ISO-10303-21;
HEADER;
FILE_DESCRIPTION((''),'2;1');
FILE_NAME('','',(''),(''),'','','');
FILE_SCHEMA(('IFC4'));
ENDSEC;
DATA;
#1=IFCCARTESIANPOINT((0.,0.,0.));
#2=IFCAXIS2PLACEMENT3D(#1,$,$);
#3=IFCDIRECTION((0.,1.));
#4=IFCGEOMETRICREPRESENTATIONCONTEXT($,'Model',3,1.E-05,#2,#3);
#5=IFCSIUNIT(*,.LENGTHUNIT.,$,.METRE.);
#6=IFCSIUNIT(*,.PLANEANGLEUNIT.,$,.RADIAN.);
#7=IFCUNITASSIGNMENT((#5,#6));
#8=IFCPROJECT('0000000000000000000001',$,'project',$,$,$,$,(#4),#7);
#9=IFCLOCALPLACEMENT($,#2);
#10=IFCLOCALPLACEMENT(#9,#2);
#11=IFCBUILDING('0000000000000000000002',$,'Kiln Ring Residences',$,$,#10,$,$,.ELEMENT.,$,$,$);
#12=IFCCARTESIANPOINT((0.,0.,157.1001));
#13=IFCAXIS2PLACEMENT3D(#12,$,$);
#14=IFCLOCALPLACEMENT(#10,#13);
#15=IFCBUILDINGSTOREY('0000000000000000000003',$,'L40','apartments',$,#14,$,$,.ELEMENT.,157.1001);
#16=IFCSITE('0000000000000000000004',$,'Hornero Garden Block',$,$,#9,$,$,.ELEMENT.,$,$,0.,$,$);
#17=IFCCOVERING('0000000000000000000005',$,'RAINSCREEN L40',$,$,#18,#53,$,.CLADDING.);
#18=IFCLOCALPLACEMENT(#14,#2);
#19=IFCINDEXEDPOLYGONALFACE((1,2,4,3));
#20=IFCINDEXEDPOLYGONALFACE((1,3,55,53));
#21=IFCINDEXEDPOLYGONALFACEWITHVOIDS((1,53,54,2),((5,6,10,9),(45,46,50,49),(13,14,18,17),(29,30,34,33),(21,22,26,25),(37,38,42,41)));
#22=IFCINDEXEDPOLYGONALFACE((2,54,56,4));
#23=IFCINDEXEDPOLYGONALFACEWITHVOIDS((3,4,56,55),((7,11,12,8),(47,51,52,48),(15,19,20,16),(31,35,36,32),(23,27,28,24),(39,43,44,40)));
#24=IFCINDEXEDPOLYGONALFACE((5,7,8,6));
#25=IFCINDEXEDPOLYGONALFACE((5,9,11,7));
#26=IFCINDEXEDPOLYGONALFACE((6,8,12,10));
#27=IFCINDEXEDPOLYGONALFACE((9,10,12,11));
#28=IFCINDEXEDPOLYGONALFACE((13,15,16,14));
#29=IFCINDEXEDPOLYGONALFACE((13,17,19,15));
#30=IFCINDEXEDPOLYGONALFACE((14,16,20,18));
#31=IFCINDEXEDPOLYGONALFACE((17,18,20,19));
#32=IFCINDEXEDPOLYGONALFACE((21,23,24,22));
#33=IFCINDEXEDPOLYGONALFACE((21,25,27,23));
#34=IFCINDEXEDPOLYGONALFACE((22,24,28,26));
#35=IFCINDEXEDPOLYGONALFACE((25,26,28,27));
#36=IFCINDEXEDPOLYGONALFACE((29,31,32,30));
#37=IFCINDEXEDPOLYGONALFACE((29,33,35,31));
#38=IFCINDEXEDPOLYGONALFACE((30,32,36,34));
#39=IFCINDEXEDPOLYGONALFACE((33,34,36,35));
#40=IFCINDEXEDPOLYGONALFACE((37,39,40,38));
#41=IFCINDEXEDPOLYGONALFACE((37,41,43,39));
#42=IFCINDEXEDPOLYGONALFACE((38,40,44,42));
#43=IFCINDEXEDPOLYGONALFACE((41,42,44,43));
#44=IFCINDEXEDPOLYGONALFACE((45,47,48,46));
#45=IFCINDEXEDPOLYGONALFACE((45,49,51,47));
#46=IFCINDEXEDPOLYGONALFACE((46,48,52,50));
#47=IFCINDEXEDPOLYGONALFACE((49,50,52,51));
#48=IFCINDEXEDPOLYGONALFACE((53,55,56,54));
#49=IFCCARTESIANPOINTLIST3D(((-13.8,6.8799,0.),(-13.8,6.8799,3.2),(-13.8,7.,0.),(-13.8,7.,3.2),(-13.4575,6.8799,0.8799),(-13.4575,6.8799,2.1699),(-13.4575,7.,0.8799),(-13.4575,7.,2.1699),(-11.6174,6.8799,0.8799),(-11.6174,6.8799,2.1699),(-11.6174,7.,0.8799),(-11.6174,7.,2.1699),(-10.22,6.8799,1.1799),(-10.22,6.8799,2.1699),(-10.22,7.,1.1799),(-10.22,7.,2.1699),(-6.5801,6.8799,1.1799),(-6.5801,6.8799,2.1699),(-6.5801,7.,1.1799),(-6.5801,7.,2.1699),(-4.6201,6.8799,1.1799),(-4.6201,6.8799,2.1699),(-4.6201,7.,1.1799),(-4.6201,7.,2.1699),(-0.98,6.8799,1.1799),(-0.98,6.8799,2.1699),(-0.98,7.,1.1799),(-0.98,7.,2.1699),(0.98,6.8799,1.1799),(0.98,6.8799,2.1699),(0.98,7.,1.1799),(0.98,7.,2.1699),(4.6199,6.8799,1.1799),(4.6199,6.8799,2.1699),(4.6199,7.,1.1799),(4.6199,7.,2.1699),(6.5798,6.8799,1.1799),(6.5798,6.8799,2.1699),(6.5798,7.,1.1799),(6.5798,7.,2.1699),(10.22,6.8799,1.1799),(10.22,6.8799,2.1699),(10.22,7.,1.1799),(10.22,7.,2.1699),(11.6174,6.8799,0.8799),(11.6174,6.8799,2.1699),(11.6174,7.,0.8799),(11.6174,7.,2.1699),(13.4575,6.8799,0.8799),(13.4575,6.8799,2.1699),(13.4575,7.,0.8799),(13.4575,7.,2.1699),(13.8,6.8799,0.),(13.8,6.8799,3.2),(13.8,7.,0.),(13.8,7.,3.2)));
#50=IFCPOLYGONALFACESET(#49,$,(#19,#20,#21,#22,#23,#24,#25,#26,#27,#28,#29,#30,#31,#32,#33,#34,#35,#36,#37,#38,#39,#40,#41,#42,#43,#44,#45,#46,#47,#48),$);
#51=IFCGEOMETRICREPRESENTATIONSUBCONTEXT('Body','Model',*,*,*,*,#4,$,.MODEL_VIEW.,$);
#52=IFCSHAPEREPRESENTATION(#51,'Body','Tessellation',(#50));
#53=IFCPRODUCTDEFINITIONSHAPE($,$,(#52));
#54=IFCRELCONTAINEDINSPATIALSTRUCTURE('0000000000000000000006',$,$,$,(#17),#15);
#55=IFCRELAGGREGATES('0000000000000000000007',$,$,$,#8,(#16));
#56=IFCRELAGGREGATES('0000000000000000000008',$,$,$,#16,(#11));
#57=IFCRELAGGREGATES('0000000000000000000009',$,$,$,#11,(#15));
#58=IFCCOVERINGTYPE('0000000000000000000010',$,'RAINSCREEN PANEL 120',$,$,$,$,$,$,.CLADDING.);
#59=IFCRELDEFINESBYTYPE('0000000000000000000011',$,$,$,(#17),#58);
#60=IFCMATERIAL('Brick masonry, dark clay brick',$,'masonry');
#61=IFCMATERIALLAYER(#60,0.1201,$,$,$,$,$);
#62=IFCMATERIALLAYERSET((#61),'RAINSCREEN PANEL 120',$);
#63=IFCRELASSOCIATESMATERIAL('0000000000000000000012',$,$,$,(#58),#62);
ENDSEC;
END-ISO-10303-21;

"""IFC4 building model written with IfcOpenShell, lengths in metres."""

from ifc_helpers import new_model, si_unit, direction, frame, origin, place, context, subcontext, project, spatial, polyline, outline, extrude, material, layer, layer_set, type_object, element, save


model = new_model("IFC4")

# Units and contexts
model_context = context("Model", 3, precision=1e-05, world=origin(), true_north=direction((0.0, 1.0)))
body_context = subcontext(model_context, "Body", "Model", "MODEL_VIEW")
ifc_project = project(units=[si_unit("LENGTHUNIT", "METRE"), si_unit("PLANEANGLEUNIT", "RADIAN")], contexts=[model_context])

# Site, building, storey
site_placement = place(None, origin())
site = spatial("IfcSite", under=ifc_project, at=site_placement, Name="Hornero Garden Block", CompositionType="ELEMENT", RefElevation=0.0)
building_placement = place(site_placement, origin())
building = spatial("IfcBuilding", under=site, at=building_placement, Name="Kiln Ring Residences", CompositionType="ELEMENT")
storey_placement = place(building_placement, frame((0.0, 0.0, 157.1001)))
storey = spatial("IfcBuildingStorey", under=building, at=storey_placement, Name="L40", Description="apartments", CompositionType="ELEMENT", Elevation=157.1001)

# Covering
ifc_material_1 = material(Name="Brick masonry, dark clay brick", Category="masonry")
ifc_layer_1 = layer(ifc_material_1, 0.1201)
ifc_layer_set_1 = layer_set([ifc_layer_1], Name="RAINSCREEN PANEL 120")
covering_type = type_object("IfcCoveringType", Name="RAINSCREEN PANEL 120", PredefinedType="CLADDING", material=ifc_layer_set_1)
covering_placement = place(storey_placement, frame((-13.8, 6.9399, 0.0), z_axis=(0.0, 0.0, 1.0), x_axis=(1.0, 0.0, 0.0)))
element("IfcCovering", 1, at=covering_placement, inside=storey, type_object=covering_type, Name="RAINSCREEN L40", PredefinedType="CLADDING", context=body_context, shape_type="SweptSolid", body=[
    extrude(outline(polyline([(0.0, 0.0), (27.6001, 0.0), (27.6001, 3.2), (0.0, 3.2), (0.0, 0.0)]), holes=[polyline([(2.1826, 0.8799), (2.1826, 2.1699), (0.3425, 2.1699), (0.3425, 0.8799), (2.1826, 0.8799)]), polyline([(25.4175, 0.8799), (27.2576, 0.8799), (27.2576, 2.1699), (25.4175, 2.1699), (25.4175, 0.8799)]), polyline([(3.5801, 1.1799), (7.22, 1.1799), (7.22, 2.1699), (3.5801, 2.1699), (3.5801, 1.1799)]), polyline([(12.8201, 1.1799), (12.8201, 2.1699), (9.1799, 2.1699), (9.1799, 1.1799), (12.8201, 1.1799)]), polyline([(14.78, 1.1799), (18.4199, 1.1799), (18.4199, 2.1699), (14.78, 2.1699), (14.78, 1.1799)]), polyline([(20.3799, 1.1799), (24.02, 1.1799), (24.02, 2.1699), (20.3799, 2.1699), (20.3799, 1.1799)])]), frame((0.0, 0.0601, 0.0), z_axis=(0.0, -1.0, 0.0), x_axis=(1.0, 0.0, 0.0)), (0.0, 0.0, 1.0), 0.1201),
])

save(model, "model.ifc")
